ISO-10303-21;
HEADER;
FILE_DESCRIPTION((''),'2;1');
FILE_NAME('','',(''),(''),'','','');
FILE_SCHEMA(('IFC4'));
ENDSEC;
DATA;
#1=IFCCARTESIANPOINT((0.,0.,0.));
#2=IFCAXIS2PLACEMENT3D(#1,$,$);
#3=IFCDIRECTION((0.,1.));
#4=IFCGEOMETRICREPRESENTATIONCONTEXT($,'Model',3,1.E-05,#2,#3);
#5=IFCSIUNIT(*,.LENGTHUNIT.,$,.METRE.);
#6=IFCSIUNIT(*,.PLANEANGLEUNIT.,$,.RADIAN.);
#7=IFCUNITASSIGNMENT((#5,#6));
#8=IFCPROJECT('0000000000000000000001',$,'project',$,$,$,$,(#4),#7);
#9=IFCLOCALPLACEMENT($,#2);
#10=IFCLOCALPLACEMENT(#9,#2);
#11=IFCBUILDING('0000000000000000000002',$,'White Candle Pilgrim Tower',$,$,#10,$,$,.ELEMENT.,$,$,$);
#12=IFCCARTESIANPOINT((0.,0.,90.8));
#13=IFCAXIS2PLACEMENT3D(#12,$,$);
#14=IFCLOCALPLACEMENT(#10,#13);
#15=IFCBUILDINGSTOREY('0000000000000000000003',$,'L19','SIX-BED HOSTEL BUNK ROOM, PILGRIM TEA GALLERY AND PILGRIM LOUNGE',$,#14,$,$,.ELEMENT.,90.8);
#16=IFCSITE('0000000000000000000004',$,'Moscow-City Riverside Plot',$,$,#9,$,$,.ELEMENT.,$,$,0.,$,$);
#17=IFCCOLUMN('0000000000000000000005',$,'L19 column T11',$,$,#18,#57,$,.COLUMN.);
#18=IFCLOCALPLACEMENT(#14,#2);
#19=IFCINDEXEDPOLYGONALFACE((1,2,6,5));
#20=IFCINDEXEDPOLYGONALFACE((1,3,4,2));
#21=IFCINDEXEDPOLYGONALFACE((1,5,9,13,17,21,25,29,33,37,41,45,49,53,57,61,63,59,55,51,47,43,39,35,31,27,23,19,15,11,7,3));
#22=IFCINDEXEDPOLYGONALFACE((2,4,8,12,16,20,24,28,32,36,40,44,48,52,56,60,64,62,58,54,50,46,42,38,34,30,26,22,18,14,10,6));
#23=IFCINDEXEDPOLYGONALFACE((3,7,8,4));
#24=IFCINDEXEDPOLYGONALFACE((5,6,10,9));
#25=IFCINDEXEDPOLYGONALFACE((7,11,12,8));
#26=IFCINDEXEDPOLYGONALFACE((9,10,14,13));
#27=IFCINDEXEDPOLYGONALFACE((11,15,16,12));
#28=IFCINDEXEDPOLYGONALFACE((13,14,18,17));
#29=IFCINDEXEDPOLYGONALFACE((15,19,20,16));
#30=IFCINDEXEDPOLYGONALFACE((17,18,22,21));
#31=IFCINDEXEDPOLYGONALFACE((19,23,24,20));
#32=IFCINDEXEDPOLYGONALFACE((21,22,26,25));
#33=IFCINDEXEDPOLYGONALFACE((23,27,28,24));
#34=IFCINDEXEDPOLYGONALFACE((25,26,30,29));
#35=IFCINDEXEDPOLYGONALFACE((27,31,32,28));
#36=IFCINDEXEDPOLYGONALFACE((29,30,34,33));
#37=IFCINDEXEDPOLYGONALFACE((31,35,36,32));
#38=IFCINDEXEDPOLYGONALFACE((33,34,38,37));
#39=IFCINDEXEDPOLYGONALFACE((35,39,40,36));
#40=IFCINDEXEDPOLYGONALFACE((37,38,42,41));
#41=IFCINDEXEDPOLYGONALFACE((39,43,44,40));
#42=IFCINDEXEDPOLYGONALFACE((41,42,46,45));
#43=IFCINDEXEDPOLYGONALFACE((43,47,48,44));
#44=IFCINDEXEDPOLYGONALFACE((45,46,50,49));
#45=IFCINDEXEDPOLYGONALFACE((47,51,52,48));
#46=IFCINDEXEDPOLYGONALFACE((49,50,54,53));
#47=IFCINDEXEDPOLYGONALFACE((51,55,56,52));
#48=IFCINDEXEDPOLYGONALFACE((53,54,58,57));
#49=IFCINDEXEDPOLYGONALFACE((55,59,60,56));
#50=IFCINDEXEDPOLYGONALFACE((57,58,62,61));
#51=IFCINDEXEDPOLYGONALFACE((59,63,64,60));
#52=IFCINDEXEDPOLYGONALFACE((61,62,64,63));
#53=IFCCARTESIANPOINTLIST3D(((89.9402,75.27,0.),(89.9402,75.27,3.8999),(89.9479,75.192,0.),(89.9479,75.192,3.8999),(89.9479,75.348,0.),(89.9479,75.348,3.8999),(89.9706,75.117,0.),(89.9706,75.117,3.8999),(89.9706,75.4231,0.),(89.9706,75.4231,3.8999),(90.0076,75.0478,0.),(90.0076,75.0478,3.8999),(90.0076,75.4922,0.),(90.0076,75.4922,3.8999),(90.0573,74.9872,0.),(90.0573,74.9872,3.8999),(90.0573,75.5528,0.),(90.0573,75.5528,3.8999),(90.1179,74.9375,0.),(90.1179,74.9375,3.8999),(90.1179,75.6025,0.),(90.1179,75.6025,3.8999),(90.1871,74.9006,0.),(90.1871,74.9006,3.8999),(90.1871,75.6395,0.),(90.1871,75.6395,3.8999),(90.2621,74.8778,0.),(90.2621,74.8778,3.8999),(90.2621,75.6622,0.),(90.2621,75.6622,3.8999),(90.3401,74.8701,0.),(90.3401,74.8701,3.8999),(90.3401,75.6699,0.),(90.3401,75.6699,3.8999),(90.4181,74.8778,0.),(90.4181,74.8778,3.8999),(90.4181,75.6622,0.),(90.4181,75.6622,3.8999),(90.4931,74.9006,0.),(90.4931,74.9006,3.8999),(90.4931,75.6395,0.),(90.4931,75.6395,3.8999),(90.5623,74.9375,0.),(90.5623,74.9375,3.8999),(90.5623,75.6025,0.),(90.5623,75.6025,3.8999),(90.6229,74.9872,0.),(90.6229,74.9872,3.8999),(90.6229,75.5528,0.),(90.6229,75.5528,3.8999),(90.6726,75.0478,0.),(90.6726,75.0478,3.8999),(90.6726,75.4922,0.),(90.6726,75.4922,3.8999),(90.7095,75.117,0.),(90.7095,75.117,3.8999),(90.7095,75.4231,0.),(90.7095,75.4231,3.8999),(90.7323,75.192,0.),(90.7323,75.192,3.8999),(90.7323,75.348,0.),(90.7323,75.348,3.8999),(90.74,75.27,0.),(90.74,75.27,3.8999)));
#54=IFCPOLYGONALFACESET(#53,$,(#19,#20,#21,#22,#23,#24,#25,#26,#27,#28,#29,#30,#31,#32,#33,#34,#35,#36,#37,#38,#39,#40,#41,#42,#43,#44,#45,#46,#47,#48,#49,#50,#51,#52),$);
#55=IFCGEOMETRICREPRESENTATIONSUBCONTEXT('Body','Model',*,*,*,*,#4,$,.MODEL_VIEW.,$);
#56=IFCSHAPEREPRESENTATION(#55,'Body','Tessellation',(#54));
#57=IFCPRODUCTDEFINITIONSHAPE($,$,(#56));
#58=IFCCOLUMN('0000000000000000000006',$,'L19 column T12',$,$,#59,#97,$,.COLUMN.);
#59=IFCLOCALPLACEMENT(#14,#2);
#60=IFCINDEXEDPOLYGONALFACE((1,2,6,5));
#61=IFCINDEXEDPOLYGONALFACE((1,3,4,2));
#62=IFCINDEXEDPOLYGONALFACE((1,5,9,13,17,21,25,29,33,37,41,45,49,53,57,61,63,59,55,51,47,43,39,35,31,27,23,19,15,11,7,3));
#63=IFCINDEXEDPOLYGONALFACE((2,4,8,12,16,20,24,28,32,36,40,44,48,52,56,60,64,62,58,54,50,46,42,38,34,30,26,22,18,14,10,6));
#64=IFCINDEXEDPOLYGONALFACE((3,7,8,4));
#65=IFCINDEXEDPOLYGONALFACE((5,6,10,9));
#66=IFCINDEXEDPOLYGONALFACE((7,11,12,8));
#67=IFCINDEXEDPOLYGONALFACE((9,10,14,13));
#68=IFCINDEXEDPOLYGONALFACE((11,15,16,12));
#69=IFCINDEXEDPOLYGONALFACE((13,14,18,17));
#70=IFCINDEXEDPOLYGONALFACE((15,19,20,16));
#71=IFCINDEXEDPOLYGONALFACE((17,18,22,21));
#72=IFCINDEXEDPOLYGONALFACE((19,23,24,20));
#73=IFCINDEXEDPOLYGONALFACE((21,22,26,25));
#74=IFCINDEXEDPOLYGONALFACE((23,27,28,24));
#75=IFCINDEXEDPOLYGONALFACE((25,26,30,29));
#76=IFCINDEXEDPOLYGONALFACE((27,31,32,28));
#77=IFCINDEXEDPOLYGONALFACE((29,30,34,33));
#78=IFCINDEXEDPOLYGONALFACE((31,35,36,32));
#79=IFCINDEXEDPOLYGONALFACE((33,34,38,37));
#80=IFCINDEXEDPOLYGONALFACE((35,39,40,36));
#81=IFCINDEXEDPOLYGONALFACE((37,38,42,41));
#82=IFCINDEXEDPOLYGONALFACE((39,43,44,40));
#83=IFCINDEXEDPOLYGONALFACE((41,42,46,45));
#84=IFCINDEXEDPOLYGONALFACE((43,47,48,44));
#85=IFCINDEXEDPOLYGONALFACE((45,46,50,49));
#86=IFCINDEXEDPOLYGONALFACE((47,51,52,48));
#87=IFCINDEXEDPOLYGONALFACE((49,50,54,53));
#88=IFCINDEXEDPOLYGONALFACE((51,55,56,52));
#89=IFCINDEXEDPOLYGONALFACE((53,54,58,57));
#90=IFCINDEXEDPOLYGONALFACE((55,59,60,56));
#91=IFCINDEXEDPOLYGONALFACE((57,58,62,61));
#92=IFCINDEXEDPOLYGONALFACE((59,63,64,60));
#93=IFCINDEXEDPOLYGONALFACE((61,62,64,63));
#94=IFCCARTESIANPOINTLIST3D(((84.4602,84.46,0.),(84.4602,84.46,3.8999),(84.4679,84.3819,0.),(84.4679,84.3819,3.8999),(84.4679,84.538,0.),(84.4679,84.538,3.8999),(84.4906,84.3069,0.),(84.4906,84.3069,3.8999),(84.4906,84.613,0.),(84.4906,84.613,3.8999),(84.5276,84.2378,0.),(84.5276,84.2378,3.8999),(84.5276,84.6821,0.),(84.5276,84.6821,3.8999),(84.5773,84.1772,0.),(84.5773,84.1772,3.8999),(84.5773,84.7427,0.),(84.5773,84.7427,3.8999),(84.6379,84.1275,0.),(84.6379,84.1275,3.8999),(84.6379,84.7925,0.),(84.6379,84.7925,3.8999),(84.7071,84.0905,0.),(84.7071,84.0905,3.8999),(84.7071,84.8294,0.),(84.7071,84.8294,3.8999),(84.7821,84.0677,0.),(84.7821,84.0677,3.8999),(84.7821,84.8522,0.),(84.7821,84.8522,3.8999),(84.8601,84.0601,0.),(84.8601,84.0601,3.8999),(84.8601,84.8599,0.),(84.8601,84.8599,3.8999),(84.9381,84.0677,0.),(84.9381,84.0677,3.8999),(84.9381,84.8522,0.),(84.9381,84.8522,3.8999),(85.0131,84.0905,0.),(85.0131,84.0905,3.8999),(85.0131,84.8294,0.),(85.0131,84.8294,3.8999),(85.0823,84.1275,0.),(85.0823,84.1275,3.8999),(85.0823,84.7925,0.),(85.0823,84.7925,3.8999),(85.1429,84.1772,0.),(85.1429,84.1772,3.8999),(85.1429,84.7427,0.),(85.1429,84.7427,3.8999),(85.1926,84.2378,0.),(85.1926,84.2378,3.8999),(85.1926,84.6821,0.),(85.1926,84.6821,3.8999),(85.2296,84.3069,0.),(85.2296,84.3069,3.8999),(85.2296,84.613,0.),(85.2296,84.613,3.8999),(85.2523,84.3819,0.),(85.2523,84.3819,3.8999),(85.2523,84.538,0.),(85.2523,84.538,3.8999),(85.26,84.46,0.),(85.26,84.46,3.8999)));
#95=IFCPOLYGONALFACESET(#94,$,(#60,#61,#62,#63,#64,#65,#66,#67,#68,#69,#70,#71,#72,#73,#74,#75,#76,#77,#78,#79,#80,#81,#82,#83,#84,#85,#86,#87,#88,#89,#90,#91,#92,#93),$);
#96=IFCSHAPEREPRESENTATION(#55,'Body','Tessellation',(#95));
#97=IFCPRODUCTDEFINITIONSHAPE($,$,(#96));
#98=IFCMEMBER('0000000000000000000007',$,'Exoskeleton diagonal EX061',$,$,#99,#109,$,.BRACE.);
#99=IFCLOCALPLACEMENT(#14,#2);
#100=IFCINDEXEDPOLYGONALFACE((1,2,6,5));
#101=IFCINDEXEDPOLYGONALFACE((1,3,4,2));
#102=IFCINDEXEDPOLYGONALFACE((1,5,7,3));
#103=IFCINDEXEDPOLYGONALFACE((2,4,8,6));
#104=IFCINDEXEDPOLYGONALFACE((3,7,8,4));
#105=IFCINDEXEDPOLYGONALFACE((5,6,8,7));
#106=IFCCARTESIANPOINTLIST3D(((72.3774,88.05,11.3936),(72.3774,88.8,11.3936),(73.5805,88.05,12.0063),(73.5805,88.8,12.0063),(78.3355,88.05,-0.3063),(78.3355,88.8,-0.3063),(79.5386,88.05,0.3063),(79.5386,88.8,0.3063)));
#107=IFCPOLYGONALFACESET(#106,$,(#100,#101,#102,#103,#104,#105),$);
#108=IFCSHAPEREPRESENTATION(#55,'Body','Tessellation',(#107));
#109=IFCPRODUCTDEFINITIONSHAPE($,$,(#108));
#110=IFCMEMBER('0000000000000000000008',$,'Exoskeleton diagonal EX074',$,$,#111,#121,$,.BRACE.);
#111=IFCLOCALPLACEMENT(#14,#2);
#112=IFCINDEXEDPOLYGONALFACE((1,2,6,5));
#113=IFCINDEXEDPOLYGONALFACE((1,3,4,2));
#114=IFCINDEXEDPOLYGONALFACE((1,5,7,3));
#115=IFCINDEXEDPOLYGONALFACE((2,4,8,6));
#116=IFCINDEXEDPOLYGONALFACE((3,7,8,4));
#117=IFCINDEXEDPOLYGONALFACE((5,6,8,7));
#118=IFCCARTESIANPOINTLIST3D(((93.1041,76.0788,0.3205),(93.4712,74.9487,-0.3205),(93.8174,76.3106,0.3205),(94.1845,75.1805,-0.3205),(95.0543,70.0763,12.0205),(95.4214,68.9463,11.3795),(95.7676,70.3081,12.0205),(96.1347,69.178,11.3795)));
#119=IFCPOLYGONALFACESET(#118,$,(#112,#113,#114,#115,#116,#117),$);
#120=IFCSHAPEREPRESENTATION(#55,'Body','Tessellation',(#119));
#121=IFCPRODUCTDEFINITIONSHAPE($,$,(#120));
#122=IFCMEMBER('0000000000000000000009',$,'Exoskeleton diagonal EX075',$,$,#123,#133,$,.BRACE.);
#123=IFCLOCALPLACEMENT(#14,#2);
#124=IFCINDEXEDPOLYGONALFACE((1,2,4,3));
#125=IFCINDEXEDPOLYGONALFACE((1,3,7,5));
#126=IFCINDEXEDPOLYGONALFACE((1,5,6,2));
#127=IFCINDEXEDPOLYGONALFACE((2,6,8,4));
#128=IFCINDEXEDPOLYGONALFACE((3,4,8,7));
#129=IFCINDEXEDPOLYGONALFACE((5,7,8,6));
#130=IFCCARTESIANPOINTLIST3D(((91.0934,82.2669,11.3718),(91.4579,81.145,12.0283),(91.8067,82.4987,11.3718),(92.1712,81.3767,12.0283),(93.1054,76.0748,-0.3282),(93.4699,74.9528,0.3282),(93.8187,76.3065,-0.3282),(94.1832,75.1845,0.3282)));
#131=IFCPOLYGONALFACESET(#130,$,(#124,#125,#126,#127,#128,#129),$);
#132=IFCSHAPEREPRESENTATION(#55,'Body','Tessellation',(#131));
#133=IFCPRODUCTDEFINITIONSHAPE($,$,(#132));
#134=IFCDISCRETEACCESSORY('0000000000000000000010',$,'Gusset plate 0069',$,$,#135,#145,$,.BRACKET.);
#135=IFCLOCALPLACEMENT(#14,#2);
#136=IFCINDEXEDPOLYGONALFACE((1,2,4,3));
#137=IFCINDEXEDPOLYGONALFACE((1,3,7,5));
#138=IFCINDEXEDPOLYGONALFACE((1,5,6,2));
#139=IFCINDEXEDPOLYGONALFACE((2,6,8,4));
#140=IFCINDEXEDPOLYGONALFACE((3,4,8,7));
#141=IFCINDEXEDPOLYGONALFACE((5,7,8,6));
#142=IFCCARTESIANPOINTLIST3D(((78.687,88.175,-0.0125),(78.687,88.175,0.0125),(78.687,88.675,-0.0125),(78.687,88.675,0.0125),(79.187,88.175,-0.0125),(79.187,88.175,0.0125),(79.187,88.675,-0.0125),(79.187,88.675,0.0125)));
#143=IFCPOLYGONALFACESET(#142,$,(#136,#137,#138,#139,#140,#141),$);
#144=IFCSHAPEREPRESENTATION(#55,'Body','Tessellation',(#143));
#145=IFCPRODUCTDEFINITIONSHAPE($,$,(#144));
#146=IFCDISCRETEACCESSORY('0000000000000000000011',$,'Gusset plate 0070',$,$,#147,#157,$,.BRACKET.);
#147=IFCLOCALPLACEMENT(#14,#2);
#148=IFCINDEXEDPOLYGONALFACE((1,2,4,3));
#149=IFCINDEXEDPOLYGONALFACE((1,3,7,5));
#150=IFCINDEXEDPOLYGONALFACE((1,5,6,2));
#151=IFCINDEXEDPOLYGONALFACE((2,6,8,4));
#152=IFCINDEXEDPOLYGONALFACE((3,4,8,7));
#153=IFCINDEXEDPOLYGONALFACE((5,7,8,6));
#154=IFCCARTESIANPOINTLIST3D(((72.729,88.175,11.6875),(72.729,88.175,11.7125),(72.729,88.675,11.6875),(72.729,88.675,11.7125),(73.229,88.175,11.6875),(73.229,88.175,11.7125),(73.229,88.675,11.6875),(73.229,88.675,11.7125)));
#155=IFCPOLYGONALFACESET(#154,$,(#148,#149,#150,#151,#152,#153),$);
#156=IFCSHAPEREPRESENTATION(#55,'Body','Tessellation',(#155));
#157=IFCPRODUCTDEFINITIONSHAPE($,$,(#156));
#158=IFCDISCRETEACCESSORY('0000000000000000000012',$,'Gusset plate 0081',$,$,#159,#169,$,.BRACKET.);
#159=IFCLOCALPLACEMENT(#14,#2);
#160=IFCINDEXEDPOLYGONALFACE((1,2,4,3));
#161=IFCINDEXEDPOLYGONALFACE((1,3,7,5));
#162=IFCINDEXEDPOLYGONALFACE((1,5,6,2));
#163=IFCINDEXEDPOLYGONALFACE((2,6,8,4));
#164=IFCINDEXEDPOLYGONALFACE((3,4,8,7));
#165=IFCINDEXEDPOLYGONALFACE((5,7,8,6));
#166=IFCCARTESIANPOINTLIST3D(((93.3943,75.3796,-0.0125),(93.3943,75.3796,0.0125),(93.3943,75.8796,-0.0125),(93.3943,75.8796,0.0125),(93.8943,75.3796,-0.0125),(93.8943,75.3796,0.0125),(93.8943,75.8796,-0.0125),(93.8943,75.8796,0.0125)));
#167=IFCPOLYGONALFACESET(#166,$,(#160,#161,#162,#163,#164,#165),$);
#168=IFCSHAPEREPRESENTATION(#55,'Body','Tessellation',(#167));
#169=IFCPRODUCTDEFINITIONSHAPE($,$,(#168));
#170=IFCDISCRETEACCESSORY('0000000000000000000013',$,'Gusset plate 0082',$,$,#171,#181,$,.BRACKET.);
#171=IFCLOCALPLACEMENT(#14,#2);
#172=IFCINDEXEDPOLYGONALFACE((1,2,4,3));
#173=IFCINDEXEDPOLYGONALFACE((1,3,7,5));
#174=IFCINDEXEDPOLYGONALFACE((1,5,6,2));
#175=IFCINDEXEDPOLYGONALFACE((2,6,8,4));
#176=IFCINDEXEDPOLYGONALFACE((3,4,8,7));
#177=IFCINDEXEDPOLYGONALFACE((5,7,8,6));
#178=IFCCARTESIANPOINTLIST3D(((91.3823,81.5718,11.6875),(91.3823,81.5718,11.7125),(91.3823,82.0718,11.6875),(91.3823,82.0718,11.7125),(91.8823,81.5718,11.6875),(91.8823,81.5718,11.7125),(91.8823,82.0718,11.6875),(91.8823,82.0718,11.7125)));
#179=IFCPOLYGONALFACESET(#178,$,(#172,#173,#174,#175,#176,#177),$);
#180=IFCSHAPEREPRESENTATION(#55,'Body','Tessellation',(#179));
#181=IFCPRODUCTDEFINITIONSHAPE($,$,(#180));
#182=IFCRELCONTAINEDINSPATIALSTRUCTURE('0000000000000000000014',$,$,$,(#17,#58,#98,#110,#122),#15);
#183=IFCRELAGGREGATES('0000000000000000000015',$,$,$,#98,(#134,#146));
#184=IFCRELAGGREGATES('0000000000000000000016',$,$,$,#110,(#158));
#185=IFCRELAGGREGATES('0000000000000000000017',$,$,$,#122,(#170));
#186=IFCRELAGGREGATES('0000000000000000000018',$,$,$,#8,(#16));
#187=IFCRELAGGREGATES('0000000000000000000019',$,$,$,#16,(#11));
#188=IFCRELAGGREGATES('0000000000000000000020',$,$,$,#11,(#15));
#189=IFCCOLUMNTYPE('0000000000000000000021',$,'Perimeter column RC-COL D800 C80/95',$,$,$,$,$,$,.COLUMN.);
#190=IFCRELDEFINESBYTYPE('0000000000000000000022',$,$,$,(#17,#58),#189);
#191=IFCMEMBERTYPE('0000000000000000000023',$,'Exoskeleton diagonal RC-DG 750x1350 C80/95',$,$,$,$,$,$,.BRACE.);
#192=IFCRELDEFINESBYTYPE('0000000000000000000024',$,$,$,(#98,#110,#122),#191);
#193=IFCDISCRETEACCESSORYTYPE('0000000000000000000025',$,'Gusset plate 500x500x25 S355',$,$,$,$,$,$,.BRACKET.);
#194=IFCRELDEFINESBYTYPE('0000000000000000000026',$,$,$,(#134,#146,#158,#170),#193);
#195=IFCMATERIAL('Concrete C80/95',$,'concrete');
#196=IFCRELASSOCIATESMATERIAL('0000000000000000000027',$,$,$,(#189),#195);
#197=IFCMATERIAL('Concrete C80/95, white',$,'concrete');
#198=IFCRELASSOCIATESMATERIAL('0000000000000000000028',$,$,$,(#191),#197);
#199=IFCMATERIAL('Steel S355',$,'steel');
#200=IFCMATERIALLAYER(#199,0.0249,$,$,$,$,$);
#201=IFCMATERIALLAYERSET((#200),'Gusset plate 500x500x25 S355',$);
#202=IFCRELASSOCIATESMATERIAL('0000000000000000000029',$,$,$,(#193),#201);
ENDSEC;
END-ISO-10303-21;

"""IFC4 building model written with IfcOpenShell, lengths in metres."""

from ifc_helpers import new_model, si_unit, direction, frame, origin, origin_2d, place, context, subcontext, project, spatial, rectangle, circle, extrude, material, layer, layer_set, material_profile, profile_set, type_object, element, aggregate, save


model = new_model("IFC4")

# Units and contexts
model_context = context("Model", 3, precision=1e-05, world=origin(), true_north=direction((0.0, 1.0)))
body_context = subcontext(model_context, "Body", "Model", "MODEL_VIEW")
ifc_project = project(units=[si_unit("LENGTHUNIT", "METRE"), si_unit("PLANEANGLEUNIT", "RADIAN")], contexts=[model_context])

# Site, building, storey
site_placement = place(None, origin())
site = spatial("IfcSite", under=ifc_project, at=site_placement, Name="Moscow-City Riverside Plot", CompositionType="ELEMENT", RefElevation=0.0)
building_placement = place(site_placement, origin())
building = spatial("IfcBuilding", under=site, at=building_placement, Name="White Candle Pilgrim Tower", CompositionType="ELEMENT")
storey_placement = place(building_placement, frame((0.0, 0.0, 90.8)))
storey = spatial("IfcBuildingStorey", under=building, at=storey_placement, Name="L19", Description="SIX-BED HOSTEL BUNK ROOM, PILGRIM TEA GALLERY AND PILGRIM LOUNGE", CompositionType="ELEMENT", Elevation=90.8)

# Columns
ifc_material_1 = material(Name="Concrete C80/95", Category="concrete")
ifc_material_profile_1 = material_profile(ifc_material_1, circle(Radius=0.3999, at=origin_2d()), Name="RC-COL D800")
ifc_profile_set_1 = profile_set([ifc_material_profile_1], Name="Concrete C80/95")
column_type = type_object("IfcColumnType", Name="Perimeter column RC-COL D800 C80/95", PredefinedType="COLUMN", material=ifc_profile_set_1)
for number, where, z_axis, x_axis, name in (
    (1, (90.3401, 75.27, 0.0), (0.0, 0.0, 1.0), (1.0, 0.0, 0.0), "L19 column T11"),
    (2, (84.8601, 84.46, 0.0), (0.0, 0.0, 1.0), (1.0, 0.0, 0.0), "L19 column T12"),
):
    element("IfcColumn", number, at=place(storey_placement, frame(where, z_axis=z_axis, x_axis=x_axis)), inside=storey, type_object=column_type, Name=name, PredefinedType="COLUMN", context=body_context, shape_type="SweptSolid", body=[
        extrude(circle(Radius=0.3999, at=origin_2d()), origin(), (0.0, 0.0, 1.0), 3.8999),
    ])

# Members
ifc_material_2 = material(Name="Concrete C80/95, white", Category="concrete")
ifc_material_profile_2 = material_profile(ifc_material_2, rectangle(XDim=0.75, YDim=1.3501, at=origin_2d()), Name="RC-DG 750x1350")
ifc_profile_set_2 = profile_set([ifc_material_profile_2], Name="Concrete C80/95, white")
member_type_1 = type_object("IfcMemberType", Name="Exoskeleton diagonal RC-DG 750x1350 C80/95", PredefinedType="BRACE", material=ifc_profile_set_2)
member_1_placement = place(storey_placement, frame((78.937, 88.425, 0.0), z_axis=(-0.453784, 0.0, 0.891112), x_axis=(0.0, -1.0, 0.0)))
member_1 = element("IfcMember", 3, at=member_1_placement, inside=storey, type_object=member_type_1, Name="Exoskeleton diagonal EX061", PredefinedType="BRACE", context=body_context, shape_type="SweptSolid", body=[
    extrude(rectangle(XDim=0.75, YDim=1.3501, at=origin_2d()), origin(), (0.0, 0.0, 1.0), 13.1296),
])
member_2_placement = place(storey_placement, frame((93.6443, 75.6296, 0.0), z_axis=(0.146701, -0.451527, 0.880115), x_axis=(0.951062, 0.309, 0.0)))
member_2 = element("IfcMember", 4, at=member_2_placement, inside=storey, type_object=member_type_1, Name="Exoskeleton diagonal EX074", PredefinedType="BRACE", context=body_context, shape_type="SweptSolid", body=[
    extrude(rectangle(XDim=0.75, YDim=1.3501, at=origin_2d()), origin(), (0.0, 0.0, 1.0), 13.2937),
])
member_3_placement = place(storey_placement, frame((93.6443, 75.6296, 0.0), z_axis=(-0.150264, 0.462461, 0.873814), x_axis=(-0.951056, -0.309019, 0.0)))
member_3 = element("IfcMember", 5, at=member_3_placement, inside=storey, type_object=member_type_1, Name="Exoskeleton diagonal EX075", PredefinedType="BRACE", context=body_context, shape_type="SweptSolid", body=[
    extrude(rectangle(XDim=0.75, YDim=1.3501, at=origin_2d()), origin(), (0.0, 0.0, 1.0), 13.3896),
])

# Discrete accessories
ifc_material_3 = material(Name="Steel S355", Category="steel")
ifc_layer_1 = layer(ifc_material_3, 0.0249)
ifc_layer_set_1 = layer_set([ifc_layer_1], Name="Gusset plate 500x500x25 S355")
discrete_accessory_type = type_object("IfcDiscreteAccessoryType", Name="Gusset plate 500x500x25 S355", PredefinedType="BRACKET", material=ifc_layer_set_1)
discrete_accessory_1_placement = place(storey_placement, frame((78.937, 88.425, -0.0125), z_axis=(0.0, 0.0, 1.0), x_axis=(1.0, 0.0, 0.0)))
discrete_accessory_1 = element("IfcDiscreteAccessory", 6, at=discrete_accessory_1_placement, type_object=discrete_accessory_type, Name="Gusset plate 0069", PredefinedType="BRACKET", context=body_context, shape_type="SweptSolid", body=[
    extrude(rectangle(XDim=0.5, YDim=0.5, at=origin_2d()), origin(), (0.0, 0.0, 1.0), 0.0249),
])
placement = place(building_placement, frame((0.0, 0.0, 102.5)))
discrete_accessory_2_placement = place(placement, frame((72.979, 88.425, -0.0125), z_axis=(0.0, 0.0, 1.0), x_axis=(1.0, 0.0, 0.0)))
discrete_accessory_2 = element("IfcDiscreteAccessory", 7, at=discrete_accessory_2_placement, type_object=discrete_accessory_type, Name="Gusset plate 0070", PredefinedType="BRACKET", context=body_context, shape_type="SweptSolid", body=[
    extrude(rectangle(XDim=0.5, YDim=0.5, at=origin_2d()), origin(), (0.0, 0.0, 1.0), 0.0249),
])
aggregate(member_1, [discrete_accessory_1, discrete_accessory_2])
discrete_accessory_3_placement = place(storey_placement, frame((93.6443, 75.6296, -0.0125), z_axis=(0.0, 0.0, 1.0), x_axis=(1.0, 0.0, 0.0)))
discrete_accessory_3 = element("IfcDiscreteAccessory", 8, at=discrete_accessory_3_placement, type_object=discrete_accessory_type, Name="Gusset plate 0081", PredefinedType="BRACKET", context=body_context, shape_type="SweptSolid", body=[
    extrude(rectangle(XDim=0.5, YDim=0.5, at=origin_2d()), origin(), (0.0, 0.0, 1.0), 0.0249),
])
aggregate(member_2, [discrete_accessory_3])
discrete_accessory_4_placement = place(placement, frame((91.6323, 81.8218, -0.0125), z_axis=(0.0, 0.0, 1.0), x_axis=(1.0, 0.0, 0.0)))
discrete_accessory_4 = element("IfcDiscreteAccessory", 9, at=discrete_accessory_4_placement, type_object=discrete_accessory_type, Name="Gusset plate 0082", PredefinedType="BRACKET", context=body_context, shape_type="SweptSolid", body=[
    extrude(rectangle(XDim=0.5, YDim=0.5, at=origin_2d()), origin(), (0.0, 0.0, 1.0), 0.0249),
])
aggregate(member_3, [discrete_accessory_4])

save(model, "model.ifc")
